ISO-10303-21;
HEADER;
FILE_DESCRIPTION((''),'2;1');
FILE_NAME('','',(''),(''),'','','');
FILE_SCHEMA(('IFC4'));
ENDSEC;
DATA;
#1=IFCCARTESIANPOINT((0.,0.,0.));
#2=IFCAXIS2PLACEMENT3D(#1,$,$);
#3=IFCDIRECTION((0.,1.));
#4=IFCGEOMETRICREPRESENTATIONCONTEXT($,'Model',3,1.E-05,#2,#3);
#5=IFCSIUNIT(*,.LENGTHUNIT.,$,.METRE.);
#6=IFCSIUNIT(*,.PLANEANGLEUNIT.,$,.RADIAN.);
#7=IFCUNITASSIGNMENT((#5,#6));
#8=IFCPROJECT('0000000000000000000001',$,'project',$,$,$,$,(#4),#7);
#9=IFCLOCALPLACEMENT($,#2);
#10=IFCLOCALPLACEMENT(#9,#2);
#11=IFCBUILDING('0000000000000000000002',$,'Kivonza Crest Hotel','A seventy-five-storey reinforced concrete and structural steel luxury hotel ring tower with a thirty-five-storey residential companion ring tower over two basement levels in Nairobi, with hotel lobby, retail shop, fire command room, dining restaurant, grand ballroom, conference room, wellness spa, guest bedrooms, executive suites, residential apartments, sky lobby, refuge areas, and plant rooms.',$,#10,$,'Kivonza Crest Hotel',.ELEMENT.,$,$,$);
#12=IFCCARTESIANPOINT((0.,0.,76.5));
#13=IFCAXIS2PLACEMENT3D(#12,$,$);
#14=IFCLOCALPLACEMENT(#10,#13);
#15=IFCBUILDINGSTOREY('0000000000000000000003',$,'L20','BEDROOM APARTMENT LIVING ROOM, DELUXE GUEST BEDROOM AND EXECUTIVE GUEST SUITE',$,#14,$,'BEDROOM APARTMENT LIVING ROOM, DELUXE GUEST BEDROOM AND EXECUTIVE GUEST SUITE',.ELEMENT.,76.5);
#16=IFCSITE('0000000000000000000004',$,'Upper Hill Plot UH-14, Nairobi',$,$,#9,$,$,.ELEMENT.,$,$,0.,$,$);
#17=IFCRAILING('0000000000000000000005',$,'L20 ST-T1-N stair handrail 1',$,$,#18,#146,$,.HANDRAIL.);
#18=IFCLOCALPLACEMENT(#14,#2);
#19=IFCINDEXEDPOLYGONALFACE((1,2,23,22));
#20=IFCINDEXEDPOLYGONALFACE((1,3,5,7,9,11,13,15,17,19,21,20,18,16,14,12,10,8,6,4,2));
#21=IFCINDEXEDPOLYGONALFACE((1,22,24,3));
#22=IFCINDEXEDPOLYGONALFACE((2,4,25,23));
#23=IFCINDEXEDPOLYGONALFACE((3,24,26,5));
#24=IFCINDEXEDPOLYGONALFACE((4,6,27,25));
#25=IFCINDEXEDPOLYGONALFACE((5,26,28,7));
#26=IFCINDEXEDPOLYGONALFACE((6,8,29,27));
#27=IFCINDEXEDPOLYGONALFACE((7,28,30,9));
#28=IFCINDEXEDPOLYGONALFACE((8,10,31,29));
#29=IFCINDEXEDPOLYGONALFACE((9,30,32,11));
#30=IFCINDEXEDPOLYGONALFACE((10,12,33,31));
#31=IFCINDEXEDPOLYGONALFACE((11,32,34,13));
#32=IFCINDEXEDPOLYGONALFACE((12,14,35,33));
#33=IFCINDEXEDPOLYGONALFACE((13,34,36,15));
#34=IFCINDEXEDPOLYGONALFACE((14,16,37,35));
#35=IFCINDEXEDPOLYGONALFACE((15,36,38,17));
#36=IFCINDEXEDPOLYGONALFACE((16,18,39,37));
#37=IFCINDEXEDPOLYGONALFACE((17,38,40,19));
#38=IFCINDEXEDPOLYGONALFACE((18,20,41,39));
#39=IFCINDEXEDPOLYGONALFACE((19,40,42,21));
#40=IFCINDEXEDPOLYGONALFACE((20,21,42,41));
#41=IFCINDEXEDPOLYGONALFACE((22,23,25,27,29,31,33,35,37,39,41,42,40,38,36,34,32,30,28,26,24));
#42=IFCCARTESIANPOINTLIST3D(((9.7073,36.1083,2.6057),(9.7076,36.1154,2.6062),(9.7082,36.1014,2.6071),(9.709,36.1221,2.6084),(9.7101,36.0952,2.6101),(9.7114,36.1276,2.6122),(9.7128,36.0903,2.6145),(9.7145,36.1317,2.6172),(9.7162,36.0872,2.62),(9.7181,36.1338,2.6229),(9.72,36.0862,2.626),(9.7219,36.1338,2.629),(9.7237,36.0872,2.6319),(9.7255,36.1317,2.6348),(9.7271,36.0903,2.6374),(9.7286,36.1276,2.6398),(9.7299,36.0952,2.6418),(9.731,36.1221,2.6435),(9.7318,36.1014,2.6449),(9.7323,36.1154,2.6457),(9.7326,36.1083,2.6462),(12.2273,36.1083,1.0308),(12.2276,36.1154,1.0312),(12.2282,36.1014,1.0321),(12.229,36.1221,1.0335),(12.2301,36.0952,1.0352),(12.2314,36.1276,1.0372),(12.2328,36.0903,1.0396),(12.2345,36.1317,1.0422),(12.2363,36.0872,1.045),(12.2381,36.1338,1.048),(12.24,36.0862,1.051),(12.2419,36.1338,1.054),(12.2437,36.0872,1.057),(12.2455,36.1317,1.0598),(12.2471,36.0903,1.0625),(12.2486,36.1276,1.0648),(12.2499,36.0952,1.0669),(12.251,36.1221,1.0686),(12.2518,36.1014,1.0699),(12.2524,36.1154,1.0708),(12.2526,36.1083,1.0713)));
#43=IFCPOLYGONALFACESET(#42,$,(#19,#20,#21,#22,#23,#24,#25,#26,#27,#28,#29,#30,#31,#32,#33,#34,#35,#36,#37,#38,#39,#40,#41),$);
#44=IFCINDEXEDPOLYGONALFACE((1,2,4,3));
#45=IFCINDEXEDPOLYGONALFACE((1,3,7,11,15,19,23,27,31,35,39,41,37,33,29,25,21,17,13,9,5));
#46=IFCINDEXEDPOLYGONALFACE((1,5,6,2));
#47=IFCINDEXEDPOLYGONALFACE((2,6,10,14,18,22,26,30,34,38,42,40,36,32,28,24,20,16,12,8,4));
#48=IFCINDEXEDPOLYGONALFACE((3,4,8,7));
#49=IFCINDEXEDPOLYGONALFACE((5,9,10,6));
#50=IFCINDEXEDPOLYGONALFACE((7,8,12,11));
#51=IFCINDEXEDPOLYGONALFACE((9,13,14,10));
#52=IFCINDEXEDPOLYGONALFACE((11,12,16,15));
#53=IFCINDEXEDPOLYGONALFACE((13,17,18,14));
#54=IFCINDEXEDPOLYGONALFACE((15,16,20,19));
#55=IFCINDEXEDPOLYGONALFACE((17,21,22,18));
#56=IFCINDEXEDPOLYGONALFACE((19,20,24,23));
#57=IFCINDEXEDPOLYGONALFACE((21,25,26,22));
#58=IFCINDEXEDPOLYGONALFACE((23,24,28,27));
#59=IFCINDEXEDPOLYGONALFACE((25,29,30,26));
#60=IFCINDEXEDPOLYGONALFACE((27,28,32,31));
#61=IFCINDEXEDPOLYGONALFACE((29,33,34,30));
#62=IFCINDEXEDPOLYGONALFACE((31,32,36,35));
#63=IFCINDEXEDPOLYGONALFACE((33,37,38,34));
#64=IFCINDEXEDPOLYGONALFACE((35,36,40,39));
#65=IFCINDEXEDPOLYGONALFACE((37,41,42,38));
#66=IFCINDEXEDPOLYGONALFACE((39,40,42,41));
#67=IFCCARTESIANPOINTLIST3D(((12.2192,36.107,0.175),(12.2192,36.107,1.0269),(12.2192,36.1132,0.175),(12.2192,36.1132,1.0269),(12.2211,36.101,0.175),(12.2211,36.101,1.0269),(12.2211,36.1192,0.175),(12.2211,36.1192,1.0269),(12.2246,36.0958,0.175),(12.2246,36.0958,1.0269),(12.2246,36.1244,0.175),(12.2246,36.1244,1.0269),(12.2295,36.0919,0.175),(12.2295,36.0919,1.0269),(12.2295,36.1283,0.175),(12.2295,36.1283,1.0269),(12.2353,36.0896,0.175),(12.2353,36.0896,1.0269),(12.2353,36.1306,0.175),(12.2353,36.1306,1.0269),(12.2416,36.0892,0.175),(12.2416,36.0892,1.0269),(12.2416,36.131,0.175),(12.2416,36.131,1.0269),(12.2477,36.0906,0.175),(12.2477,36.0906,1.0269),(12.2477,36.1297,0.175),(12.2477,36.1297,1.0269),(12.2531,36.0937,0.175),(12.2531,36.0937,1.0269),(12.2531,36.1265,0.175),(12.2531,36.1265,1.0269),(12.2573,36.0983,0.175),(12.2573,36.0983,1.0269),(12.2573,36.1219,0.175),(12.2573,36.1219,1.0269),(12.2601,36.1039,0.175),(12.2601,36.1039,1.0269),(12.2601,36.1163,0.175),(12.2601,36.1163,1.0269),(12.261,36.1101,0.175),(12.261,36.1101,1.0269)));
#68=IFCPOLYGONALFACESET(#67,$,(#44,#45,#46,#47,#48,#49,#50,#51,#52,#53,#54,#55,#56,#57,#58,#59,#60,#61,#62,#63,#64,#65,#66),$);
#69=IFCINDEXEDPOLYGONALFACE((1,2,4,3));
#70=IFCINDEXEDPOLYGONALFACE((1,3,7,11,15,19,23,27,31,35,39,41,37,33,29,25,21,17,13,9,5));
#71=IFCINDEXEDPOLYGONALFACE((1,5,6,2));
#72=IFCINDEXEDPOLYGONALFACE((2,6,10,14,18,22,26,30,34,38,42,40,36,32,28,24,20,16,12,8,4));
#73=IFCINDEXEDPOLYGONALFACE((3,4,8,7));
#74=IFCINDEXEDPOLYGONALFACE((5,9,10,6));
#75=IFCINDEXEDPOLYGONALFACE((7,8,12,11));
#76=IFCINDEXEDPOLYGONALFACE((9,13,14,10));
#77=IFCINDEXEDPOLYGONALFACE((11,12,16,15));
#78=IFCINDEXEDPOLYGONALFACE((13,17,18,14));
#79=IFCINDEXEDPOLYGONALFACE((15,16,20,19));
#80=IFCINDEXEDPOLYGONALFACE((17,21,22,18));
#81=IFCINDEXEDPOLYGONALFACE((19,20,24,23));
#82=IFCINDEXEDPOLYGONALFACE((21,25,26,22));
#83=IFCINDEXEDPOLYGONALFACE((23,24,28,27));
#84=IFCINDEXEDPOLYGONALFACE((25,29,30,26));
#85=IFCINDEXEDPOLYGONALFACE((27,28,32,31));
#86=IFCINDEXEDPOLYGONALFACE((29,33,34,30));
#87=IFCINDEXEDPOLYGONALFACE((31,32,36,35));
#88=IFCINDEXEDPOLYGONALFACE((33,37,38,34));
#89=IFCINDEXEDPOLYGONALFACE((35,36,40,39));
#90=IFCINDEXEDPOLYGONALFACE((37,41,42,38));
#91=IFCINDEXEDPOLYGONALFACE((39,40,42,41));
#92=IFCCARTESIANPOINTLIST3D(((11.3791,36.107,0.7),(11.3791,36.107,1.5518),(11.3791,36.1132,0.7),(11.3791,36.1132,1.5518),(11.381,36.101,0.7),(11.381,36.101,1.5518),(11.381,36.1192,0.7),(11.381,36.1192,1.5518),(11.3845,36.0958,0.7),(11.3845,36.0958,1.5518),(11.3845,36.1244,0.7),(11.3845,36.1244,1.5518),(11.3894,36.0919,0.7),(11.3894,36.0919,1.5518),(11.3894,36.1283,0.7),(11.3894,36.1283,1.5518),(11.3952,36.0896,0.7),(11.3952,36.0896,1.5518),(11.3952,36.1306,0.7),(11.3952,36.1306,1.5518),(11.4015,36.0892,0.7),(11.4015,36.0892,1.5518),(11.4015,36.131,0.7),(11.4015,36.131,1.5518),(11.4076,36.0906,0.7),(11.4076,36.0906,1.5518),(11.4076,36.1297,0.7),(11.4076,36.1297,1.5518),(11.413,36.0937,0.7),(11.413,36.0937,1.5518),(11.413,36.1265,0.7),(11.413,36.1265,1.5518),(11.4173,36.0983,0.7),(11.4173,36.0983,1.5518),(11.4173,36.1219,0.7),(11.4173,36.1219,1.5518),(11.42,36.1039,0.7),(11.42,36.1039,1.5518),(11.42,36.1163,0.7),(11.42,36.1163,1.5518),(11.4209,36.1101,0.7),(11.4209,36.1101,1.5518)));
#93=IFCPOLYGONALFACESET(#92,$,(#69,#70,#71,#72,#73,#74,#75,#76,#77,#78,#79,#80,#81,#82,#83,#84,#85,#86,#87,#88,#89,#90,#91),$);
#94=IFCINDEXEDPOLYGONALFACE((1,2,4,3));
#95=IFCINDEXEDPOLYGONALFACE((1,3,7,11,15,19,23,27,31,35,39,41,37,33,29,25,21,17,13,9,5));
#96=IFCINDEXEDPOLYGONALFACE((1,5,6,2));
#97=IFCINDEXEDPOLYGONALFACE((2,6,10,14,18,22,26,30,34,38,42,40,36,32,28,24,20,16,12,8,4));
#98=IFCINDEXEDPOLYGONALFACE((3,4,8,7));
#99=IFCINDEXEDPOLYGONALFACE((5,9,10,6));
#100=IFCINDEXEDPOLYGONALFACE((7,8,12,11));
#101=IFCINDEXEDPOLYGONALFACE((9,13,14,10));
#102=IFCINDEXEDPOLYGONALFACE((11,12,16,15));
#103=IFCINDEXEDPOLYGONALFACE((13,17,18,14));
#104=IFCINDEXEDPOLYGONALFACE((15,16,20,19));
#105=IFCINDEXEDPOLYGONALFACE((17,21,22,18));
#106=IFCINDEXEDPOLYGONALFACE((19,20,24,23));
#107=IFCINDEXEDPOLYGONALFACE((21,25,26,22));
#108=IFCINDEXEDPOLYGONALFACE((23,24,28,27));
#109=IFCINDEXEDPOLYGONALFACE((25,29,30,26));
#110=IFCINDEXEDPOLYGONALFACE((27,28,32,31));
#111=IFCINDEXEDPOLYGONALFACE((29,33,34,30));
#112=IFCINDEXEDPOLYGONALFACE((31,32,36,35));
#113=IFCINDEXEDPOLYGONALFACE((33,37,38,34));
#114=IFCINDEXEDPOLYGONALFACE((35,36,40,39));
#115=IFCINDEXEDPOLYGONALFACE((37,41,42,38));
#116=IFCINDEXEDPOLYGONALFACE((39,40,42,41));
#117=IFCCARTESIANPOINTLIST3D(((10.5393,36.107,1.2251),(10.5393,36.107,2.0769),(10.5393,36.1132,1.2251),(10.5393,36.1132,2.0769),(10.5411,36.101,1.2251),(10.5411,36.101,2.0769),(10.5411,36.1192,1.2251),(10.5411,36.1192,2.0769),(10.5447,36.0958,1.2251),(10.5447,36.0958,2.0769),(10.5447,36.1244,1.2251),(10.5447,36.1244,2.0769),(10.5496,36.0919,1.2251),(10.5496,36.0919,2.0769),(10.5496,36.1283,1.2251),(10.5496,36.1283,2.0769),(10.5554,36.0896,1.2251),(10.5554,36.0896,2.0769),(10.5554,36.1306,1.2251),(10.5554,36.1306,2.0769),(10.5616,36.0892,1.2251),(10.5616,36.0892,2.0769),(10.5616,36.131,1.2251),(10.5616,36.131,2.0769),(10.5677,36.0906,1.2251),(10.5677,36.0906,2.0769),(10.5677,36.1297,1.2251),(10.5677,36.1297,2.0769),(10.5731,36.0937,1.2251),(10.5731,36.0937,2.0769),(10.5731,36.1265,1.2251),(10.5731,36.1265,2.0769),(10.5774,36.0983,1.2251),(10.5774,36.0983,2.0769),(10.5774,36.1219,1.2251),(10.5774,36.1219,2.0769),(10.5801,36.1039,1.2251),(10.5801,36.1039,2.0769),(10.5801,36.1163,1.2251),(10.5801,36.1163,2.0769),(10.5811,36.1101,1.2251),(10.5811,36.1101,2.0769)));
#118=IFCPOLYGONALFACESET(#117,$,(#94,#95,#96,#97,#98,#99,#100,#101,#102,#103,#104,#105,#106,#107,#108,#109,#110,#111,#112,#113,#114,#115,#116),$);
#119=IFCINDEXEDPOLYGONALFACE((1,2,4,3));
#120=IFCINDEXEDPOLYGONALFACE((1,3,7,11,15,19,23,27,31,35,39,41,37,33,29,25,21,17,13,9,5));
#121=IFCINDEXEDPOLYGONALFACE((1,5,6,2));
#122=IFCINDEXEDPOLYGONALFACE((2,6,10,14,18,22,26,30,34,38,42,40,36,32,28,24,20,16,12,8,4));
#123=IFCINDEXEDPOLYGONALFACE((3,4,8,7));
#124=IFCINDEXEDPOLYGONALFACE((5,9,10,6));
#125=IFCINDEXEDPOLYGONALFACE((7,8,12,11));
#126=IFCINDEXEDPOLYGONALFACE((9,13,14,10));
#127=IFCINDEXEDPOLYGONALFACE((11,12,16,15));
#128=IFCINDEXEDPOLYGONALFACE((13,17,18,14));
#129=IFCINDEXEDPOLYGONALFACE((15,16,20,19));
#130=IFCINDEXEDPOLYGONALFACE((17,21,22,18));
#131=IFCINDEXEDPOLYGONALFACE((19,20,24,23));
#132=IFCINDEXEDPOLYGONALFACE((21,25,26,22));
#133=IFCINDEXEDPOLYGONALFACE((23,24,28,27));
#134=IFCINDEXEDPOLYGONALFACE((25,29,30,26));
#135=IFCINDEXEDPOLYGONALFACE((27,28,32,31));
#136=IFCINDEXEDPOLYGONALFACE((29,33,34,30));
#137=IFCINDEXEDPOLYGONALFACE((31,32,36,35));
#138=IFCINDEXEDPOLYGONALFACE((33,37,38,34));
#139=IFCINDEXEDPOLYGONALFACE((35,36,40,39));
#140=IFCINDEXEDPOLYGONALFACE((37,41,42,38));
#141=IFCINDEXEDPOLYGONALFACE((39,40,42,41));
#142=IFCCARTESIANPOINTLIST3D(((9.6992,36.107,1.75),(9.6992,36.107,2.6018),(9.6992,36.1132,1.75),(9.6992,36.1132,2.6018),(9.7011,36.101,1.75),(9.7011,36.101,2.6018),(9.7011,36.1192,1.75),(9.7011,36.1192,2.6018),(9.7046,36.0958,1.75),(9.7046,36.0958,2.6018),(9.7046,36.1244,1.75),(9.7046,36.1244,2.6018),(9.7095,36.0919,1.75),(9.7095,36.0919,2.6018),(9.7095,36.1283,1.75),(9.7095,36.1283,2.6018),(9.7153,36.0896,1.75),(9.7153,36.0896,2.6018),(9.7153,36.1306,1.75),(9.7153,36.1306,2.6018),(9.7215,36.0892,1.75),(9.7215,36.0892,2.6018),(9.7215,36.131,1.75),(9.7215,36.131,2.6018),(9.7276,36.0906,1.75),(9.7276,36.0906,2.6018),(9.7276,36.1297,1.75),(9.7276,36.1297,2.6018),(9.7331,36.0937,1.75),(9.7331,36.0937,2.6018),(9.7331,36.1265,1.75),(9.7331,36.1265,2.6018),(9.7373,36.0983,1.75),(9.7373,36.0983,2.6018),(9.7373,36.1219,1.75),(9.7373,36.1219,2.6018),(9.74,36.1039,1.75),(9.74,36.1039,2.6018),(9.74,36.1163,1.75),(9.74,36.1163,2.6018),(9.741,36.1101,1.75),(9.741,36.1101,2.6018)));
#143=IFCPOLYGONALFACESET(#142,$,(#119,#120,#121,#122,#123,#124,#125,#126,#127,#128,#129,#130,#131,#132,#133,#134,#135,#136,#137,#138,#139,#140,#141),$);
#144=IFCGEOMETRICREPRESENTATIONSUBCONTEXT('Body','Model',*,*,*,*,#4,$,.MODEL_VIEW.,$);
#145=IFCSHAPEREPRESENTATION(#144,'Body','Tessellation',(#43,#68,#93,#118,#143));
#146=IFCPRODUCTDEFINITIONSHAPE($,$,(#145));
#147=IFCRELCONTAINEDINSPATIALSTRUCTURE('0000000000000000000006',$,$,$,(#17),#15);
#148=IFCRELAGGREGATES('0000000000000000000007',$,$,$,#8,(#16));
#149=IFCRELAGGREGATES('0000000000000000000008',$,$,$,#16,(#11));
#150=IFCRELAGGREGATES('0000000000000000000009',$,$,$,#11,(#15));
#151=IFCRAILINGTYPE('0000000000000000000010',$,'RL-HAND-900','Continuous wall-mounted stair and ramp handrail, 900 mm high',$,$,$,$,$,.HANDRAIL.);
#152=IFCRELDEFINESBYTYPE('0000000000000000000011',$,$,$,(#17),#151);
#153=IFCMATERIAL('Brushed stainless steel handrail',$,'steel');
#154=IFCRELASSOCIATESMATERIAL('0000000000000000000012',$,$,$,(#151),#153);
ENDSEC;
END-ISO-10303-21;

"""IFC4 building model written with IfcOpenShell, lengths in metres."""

from ifc_helpers import new_model, si_unit, direction, frame, origin, origin_2d, place, context, subcontext, project, spatial, circle, extrude, material, type_object, element, save


model = new_model("IFC4")

# Units and contexts
model_context = context("Model", 3, precision=1e-05, world=origin(), true_north=direction((0.0, 1.0)))
body_context = subcontext(model_context, "Body", "Model", "MODEL_VIEW")
ifc_project = project(units=[si_unit("LENGTHUNIT", "METRE"), si_unit("PLANEANGLEUNIT", "RADIAN")], contexts=[model_context])

# Site, building, storey
site_placement = place(None, origin())
site = spatial("IfcSite", under=ifc_project, at=site_placement, Name="Upper Hill Plot UH-14, Nairobi", CompositionType="ELEMENT", RefElevation=0.0)
building_placement = place(site_placement, origin())
building = spatial("IfcBuilding", under=site, at=building_placement, Name="Kivonza Crest Hotel", Description="A seventy-five-storey reinforced concrete and structural steel luxury hotel ring tower with a thirty-five-storey residential companion ring tower over two basement levels in Nairobi, with hotel lobby, retail shop, fire command room, dining restaurant, grand ballroom, conference room, wellness spa, guest bedrooms, executive suites, residential apartments, sky lobby, refuge areas, and plant rooms.", LongName="Kivonza Crest Hotel", CompositionType="ELEMENT")
storey_placement = place(building_placement, frame((0.0, 0.0, 76.5)))
storey = spatial("IfcBuildingStorey", under=building, at=storey_placement, Name="L20", Description="BEDROOM APARTMENT LIVING ROOM, DELUXE GUEST BEDROOM AND EXECUTIVE GUEST SUITE", LongName="BEDROOM APARTMENT LIVING ROOM, DELUXE GUEST BEDROOM AND EXECUTIVE GUEST SUITE", CompositionType="ELEMENT", Elevation=76.5)

# Railing
ifc_material_1 = material(Name="Brushed stainless steel handrail", Category="steel")
railing_type_1 = type_object("IfcRailingType", Name="RL-HAND-900", Description="Continuous wall-mounted stair and ramp handrail, 900 mm high", PredefinedType="HANDRAIL", material=ifc_material_1)
railing_1_placement = place(storey_placement, frame((12.24, 36.1101, 0.175)))
element("IfcRailing", 1, at=railing_1_placement, inside=storey, type_object=railing_type_1, Name="L20 ST-T1-N stair handrail 1", PredefinedType="HANDRAIL", context=body_context, shape_type="SweptSolid", body=[
    extrude(circle(Radius=0.0239, at=origin_2d()), frame((0.0, 0.0, 0.876), z_axis=(-0.848008, 0.0, 0.529984), x_axis=(0.0, -1.0, 0.0)), (0.0, 0.0, 1.0), 2.9717),
    extrude(circle(Radius=0.021, at=origin_2d()), origin(), (0.0, 0.0, 1.0), 0.8518),
    extrude(circle(Radius=0.021, at=origin_2d()), frame((-0.8401, 0.0, 0.5249)), (0.0, 0.0, 1.0), 0.8518),
    extrude(circle(Radius=0.021, at=origin_2d()), frame((-1.6799, 0.0, 1.05)), (0.0, 0.0, 1.0), 0.8518),
    extrude(circle(Radius=0.021, at=origin_2d()), frame((-2.52, 0.0, 1.575)), (0.0, 0.0, 1.0), 0.8518),
])

save(model, "model.ifc")
